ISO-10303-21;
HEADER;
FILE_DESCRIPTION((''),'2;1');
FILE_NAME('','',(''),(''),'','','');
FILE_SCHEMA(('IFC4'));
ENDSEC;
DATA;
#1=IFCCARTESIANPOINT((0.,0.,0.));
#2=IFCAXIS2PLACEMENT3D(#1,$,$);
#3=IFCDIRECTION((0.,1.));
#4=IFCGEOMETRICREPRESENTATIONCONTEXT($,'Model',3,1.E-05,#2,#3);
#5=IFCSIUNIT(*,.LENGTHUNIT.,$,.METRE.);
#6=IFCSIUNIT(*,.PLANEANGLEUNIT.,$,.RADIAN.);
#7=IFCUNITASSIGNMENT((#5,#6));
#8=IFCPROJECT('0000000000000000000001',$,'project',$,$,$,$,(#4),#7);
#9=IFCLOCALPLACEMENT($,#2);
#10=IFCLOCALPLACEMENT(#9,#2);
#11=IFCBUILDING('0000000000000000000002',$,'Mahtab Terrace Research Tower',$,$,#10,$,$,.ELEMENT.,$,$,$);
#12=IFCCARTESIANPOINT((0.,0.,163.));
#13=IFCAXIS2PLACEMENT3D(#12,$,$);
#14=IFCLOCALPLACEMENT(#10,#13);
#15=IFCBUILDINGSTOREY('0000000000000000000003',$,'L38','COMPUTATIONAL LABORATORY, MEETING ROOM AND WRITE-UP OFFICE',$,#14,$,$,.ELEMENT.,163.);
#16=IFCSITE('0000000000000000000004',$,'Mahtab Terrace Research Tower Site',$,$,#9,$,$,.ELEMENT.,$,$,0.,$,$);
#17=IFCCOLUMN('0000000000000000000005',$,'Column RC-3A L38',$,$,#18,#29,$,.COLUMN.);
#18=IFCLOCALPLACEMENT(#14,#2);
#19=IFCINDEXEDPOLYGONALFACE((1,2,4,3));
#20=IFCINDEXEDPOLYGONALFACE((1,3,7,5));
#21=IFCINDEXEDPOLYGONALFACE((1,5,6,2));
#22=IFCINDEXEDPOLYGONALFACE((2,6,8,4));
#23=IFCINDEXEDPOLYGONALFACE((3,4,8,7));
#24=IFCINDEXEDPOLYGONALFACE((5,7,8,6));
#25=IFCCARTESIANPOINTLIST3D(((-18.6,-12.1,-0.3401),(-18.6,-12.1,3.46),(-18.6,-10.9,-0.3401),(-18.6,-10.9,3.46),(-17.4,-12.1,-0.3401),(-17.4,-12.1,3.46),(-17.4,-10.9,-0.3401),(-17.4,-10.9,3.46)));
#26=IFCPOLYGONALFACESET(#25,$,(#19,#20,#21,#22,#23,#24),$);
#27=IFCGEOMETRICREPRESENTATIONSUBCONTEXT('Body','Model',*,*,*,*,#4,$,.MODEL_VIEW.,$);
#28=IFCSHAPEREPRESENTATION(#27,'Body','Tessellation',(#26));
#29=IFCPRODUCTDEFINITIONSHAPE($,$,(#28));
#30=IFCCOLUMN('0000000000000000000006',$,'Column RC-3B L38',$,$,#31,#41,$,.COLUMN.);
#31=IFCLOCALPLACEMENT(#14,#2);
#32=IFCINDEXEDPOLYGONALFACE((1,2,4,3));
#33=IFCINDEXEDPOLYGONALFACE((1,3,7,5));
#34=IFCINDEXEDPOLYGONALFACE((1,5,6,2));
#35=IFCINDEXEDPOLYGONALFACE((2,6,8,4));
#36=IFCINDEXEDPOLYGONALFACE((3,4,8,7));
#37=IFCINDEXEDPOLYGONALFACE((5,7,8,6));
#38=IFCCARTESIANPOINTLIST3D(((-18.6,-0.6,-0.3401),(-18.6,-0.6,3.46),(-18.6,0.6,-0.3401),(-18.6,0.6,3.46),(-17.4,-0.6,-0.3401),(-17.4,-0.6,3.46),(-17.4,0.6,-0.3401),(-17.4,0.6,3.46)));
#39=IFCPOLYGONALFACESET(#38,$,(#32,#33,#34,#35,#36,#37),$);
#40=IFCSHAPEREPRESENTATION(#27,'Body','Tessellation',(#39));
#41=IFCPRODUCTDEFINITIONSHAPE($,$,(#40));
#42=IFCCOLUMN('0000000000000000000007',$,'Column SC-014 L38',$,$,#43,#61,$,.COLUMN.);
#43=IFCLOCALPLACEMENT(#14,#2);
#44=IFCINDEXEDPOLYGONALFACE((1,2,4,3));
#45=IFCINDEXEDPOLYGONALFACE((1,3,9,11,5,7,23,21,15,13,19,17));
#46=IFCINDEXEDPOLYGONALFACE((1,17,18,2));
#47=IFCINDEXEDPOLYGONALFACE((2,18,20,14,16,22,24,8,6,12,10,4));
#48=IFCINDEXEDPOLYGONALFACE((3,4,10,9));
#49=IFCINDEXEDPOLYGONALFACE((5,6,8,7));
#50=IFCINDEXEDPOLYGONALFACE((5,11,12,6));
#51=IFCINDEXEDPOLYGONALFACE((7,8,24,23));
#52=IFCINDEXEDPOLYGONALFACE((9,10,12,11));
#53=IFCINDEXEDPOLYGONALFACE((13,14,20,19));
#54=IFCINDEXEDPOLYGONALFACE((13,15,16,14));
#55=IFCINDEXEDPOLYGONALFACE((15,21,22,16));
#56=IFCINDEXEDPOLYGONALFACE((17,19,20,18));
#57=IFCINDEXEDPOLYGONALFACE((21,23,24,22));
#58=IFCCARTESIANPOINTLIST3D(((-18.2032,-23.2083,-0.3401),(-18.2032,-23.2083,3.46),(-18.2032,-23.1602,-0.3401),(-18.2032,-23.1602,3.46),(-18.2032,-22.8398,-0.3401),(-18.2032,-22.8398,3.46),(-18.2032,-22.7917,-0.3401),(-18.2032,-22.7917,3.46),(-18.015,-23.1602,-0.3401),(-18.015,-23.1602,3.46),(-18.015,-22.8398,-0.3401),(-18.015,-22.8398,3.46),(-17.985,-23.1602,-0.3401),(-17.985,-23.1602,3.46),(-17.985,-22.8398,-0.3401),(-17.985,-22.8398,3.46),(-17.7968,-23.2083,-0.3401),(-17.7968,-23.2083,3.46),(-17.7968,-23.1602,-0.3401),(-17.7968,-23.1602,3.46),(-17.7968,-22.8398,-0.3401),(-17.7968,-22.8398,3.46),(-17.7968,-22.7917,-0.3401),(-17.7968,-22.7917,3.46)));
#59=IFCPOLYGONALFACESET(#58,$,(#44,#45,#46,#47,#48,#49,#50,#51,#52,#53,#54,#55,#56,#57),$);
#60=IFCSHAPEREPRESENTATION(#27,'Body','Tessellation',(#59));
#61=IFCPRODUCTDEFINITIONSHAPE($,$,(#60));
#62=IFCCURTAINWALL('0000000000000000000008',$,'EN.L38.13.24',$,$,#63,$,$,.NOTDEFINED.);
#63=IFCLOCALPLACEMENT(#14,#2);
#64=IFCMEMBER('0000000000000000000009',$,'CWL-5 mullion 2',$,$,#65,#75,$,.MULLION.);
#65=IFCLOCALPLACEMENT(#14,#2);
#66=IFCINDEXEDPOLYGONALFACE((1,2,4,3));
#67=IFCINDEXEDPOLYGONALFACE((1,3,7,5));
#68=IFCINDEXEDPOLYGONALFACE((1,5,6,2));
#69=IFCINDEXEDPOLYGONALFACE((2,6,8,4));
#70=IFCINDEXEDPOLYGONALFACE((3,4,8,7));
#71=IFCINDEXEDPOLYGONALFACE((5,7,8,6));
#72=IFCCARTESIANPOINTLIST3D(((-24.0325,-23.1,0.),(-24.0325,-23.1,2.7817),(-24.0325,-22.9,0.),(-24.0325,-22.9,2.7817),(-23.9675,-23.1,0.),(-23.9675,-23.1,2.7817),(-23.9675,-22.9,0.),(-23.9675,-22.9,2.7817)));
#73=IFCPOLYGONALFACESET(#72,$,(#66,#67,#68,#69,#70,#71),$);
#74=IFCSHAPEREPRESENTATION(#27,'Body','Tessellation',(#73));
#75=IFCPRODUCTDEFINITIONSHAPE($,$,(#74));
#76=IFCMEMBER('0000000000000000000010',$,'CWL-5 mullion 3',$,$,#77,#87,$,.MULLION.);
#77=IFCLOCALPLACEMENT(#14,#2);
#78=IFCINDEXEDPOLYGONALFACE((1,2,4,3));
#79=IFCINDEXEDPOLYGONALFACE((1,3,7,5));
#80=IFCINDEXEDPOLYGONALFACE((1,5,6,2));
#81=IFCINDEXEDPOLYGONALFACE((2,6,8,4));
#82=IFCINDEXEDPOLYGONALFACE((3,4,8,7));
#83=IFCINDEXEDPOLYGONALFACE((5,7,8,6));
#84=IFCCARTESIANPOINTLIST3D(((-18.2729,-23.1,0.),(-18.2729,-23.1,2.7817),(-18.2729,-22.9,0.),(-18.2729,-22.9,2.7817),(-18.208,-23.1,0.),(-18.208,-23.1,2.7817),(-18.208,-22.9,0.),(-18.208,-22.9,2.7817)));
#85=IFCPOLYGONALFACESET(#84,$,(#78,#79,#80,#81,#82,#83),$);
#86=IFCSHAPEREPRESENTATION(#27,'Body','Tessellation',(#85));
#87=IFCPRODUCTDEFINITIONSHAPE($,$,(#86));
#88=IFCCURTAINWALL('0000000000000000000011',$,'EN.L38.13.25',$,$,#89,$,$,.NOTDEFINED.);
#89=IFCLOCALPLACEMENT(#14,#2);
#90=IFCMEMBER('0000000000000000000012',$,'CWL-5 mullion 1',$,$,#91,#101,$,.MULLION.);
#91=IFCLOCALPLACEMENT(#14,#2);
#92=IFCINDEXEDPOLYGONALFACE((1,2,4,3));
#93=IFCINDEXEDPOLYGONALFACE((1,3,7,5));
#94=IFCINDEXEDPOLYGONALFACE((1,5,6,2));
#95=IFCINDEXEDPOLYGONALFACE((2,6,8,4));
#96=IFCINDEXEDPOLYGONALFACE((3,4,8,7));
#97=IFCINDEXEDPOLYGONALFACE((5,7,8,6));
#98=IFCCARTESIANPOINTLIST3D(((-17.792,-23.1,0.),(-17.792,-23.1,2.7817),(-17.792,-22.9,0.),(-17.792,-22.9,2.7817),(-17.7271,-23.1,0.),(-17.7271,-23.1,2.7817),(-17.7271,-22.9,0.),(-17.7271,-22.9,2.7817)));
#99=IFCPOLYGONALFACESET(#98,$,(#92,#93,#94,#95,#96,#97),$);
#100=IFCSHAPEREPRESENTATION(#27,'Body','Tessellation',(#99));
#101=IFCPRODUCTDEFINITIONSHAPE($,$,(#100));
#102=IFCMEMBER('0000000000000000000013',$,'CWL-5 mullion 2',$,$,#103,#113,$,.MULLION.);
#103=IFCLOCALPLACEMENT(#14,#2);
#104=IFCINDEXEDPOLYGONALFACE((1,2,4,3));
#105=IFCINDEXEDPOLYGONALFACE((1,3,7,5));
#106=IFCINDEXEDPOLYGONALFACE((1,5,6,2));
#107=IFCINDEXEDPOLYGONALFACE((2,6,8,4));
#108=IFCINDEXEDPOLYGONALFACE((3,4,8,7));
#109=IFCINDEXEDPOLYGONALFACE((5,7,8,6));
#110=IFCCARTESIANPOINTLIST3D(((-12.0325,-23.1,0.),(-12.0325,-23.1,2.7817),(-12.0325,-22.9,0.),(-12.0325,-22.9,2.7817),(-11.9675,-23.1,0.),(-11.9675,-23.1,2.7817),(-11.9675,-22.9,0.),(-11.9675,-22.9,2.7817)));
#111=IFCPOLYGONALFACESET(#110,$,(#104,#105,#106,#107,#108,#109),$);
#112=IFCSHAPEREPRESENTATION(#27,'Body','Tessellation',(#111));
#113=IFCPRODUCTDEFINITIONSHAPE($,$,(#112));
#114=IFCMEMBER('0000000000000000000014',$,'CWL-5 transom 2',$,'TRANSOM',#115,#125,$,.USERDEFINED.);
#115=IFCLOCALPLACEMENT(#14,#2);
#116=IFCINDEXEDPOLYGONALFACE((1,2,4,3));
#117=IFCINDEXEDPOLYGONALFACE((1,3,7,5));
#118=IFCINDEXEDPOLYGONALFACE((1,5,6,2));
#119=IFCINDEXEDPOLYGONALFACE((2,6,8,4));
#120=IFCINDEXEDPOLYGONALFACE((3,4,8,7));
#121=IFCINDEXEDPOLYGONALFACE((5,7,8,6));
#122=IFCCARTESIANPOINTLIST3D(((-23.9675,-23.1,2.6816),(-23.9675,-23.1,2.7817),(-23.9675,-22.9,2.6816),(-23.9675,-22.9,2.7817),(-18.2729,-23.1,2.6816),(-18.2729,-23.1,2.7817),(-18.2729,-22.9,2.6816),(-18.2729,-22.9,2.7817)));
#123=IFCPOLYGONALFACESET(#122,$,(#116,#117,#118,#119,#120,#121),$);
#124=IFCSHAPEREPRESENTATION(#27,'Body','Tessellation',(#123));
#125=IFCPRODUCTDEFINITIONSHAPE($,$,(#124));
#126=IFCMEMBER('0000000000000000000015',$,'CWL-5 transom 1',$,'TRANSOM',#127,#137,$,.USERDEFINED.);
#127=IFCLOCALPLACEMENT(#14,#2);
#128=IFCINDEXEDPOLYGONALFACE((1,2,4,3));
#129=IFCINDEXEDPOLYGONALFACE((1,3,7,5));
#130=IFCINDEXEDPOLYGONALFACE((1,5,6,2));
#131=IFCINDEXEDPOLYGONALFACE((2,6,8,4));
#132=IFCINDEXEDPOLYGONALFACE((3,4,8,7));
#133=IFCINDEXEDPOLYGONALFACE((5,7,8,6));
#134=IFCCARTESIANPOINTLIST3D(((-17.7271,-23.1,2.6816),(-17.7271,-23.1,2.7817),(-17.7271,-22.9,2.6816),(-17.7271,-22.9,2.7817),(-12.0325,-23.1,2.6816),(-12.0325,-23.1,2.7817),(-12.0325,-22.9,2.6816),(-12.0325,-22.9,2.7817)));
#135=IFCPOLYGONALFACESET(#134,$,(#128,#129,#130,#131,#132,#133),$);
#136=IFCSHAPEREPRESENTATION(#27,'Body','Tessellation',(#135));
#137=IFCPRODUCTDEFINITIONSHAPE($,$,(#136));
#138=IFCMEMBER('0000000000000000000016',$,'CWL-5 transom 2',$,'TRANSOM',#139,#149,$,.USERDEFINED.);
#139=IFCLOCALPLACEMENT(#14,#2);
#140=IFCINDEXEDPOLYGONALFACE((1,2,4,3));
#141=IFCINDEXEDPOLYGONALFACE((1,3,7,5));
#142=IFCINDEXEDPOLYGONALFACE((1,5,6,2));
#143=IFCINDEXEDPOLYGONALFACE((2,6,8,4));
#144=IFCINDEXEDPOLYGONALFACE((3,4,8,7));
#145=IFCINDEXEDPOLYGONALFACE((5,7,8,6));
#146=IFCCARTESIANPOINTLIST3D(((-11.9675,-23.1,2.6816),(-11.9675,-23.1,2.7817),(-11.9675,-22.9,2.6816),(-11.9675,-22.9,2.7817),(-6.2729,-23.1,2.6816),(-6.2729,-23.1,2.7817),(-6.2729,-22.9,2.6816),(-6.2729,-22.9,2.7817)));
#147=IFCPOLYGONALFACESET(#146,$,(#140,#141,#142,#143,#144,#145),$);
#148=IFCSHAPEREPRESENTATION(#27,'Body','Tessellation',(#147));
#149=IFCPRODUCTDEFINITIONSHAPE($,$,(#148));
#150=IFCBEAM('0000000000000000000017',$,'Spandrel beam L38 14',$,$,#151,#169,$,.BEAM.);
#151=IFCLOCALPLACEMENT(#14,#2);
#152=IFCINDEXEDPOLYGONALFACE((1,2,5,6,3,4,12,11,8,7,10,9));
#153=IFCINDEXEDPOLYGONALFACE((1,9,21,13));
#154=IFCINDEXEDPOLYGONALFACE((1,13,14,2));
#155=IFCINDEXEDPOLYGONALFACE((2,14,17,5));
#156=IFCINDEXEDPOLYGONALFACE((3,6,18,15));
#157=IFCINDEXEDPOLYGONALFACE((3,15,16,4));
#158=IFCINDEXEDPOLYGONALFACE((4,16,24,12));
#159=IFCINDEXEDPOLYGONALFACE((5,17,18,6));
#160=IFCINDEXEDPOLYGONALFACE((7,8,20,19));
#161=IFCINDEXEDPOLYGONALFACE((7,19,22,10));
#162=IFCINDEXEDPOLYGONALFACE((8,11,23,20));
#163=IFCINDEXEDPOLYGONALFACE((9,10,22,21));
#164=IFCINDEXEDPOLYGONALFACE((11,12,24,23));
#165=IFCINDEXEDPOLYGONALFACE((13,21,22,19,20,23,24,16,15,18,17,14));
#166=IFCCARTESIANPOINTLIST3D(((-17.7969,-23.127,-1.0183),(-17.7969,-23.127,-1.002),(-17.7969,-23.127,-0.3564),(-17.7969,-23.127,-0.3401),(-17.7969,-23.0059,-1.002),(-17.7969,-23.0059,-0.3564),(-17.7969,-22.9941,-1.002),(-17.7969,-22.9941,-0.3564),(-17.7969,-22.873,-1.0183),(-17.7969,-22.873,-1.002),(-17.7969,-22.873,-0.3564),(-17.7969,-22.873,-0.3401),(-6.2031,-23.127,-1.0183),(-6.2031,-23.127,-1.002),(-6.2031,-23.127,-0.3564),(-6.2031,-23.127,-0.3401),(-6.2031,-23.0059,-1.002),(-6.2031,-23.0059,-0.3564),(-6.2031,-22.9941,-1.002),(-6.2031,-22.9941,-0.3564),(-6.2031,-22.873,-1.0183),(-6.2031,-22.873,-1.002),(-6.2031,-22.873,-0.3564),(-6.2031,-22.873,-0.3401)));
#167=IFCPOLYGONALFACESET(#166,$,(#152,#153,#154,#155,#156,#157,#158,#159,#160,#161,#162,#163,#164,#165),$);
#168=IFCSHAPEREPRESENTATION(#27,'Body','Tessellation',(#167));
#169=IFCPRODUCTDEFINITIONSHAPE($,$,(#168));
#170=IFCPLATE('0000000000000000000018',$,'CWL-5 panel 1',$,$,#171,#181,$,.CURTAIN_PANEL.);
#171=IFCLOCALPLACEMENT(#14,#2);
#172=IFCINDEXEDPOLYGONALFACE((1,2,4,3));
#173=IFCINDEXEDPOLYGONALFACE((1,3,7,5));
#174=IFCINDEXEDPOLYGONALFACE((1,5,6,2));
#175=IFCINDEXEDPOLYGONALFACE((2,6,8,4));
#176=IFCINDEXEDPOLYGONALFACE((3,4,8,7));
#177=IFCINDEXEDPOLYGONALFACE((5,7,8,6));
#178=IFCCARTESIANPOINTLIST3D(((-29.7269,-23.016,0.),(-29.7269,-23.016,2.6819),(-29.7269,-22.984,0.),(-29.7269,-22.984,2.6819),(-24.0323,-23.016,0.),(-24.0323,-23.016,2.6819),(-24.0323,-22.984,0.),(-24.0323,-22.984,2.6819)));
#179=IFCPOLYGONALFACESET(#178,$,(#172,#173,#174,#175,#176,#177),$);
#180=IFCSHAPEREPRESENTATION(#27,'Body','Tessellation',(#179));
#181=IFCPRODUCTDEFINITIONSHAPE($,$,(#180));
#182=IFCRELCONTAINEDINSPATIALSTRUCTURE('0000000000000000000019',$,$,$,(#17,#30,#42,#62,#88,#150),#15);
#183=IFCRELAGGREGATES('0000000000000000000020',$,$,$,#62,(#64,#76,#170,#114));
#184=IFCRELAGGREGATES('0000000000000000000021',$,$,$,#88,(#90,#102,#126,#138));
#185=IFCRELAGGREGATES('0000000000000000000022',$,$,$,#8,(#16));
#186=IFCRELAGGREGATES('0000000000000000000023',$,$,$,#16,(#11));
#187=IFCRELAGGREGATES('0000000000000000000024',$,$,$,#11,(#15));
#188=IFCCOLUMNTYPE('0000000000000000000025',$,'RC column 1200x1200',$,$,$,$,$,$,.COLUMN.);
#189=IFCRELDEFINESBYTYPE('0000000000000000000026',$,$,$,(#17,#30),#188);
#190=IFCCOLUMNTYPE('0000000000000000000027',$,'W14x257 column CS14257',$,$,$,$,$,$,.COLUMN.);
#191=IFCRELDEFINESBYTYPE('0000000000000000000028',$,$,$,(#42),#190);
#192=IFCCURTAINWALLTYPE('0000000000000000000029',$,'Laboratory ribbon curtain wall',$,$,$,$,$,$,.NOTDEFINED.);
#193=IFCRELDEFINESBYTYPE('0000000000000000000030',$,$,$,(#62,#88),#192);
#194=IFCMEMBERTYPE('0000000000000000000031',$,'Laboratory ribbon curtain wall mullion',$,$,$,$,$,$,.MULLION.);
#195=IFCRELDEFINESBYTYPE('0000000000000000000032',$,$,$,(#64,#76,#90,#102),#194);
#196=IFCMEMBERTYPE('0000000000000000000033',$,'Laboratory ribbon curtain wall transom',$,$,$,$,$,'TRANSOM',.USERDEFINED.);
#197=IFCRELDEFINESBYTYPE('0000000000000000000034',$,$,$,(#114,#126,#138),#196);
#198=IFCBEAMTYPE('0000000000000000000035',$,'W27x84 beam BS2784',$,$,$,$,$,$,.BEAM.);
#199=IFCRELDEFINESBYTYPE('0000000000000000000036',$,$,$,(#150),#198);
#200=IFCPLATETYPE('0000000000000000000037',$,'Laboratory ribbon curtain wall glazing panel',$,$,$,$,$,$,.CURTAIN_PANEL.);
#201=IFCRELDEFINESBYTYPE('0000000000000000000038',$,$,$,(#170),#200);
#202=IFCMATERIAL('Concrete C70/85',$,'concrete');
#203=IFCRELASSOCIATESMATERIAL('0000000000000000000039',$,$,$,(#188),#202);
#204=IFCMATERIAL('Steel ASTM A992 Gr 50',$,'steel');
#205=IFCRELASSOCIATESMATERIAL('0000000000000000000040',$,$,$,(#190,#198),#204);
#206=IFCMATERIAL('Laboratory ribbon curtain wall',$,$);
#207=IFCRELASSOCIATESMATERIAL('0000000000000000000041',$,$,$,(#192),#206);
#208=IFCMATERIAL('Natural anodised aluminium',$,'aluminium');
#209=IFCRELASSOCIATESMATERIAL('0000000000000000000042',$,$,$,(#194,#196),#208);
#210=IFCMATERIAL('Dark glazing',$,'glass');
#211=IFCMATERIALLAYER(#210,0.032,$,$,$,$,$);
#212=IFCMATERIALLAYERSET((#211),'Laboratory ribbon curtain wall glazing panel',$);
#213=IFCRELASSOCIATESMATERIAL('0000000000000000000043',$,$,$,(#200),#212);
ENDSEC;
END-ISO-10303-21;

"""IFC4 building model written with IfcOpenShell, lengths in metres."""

from ifc_helpers import new_model, si_unit, direction, frame, origin, origin_2d, place, context, subcontext, project, spatial, rectangle, i_section, extrude, material, layer, layer_set, material_profile, profile_set, type_object, element, aggregate, save


model = new_model("IFC4")

# Units and contexts
model_context = context("Model", 3, precision=1e-05, world=origin(), true_north=direction((0.0, 1.0)))
body_context = subcontext(model_context, "Body", "Model", "MODEL_VIEW")
ifc_project = project(units=[si_unit("LENGTHUNIT", "METRE"), si_unit("PLANEANGLEUNIT", "RADIAN")], contexts=[model_context])

# Site, building, storey
site_placement = place(None, origin())
site = spatial("IfcSite", under=ifc_project, at=site_placement, Name="Mahtab Terrace Research Tower Site", CompositionType="ELEMENT", RefElevation=0.0)
building_placement = place(site_placement, origin())
building = spatial("IfcBuilding", under=site, at=building_placement, Name="Mahtab Terrace Research Tower", CompositionType="ELEMENT")
storey_placement = place(building_placement, frame((0.0, 0.0, 163.0)))
storey = spatial("IfcBuildingStorey", under=building, at=storey_placement, Name="L38", Description="COMPUTATIONAL LABORATORY, MEETING ROOM AND WRITE-UP OFFICE", CompositionType="ELEMENT", Elevation=163.0)

# Columns
ifc_material_1 = material(Name="Concrete C70/85", Category="concrete")
ifc_material_profile_1 = material_profile(ifc_material_1, rectangle(XDim=1.2, YDim=1.2, at=origin_2d()), Name="RC column 1200x1200")
ifc_profile_set_1 = profile_set([ifc_material_profile_1], Name="Concrete C70/85")
column_type_1 = type_object("IfcColumnType", Name="RC column 1200x1200", PredefinedType="COLUMN", material=ifc_profile_set_1)
for number, where, z_axis, x_axis, name in (
    (1, (-18.0, -11.5, -0.3401), (0.0, 0.0, 1.0), (1.0, 0.0, 0.0), "Column RC-3A L38"),
    (2, (-18.0, 0.0, -0.3401), (0.0, 0.0, 1.0), (1.0, 0.0, 0.0), "Column RC-3B L38"),
):
    element("IfcColumn", number, at=place(storey_placement, frame(where, z_axis=z_axis, x_axis=x_axis)), inside=storey, type_object=column_type_1, Name=name, PredefinedType="COLUMN", context=body_context, shape_type="SweptSolid", body=[
        extrude(rectangle(XDim=1.2, YDim=1.2, at=origin_2d()), origin(), (0.0, 0.0, 1.0), 3.8),
    ])
ifc_material_2 = material(Name="Steel ASTM A992 Gr 50", Category="steel")
ifc_material_profile_2 = material_profile(ifc_material_2, i_section(OverallWidth=0.4065, OverallDepth=0.4165, WebThickness=0.03, FlangeThickness=0.0481, at=origin_2d()), Name="W14X257")
ifc_profile_set_2 = profile_set([ifc_material_profile_2], Name="Steel ASTM A992 Gr 50")
column_type_2 = type_object("IfcColumnType", Name="W14x257 column CS14257", PredefinedType="COLUMN", material=ifc_profile_set_2)
column_placement = place(storey_placement, frame((-18.0, -23.0, -0.3401), z_axis=(0.0, 0.0, 1.0), x_axis=(1.0, 0.0, 0.0)))
element("IfcColumn", 3, at=column_placement, inside=storey, type_object=column_type_2, Name="Column SC-014 L38", PredefinedType="COLUMN", context=body_context, shape_type="SweptSolid", body=[
    extrude(i_section(OverallWidth=0.4065, OverallDepth=0.4165, WebThickness=0.03, FlangeThickness=0.0481, at=origin_2d()), origin(), (0.0, 0.0, 1.0), 3.8),
])

# Curtain walls, members
ifc_material_3 = material(Name="Laboratory ribbon curtain wall")
curtain_wall_type = type_object("IfcCurtainWallType", Name="Laboratory ribbon curtain wall", PredefinedType="NOTDEFINED", material=ifc_material_3)
curtain_wall_1_placement = place(storey_placement, origin())
curtain_wall_1 = element("IfcCurtainWall", 4, at=curtain_wall_1_placement, inside=storey, type_object=curtain_wall_type, Name="EN.L38.13.24", PredefinedType="NOTDEFINED")
ifc_material_4 = material(Name="Natural anodised aluminium", Category="aluminium")
ifc_material_profile_3 = material_profile(ifc_material_4, rectangle(XDim=0.2, YDim=0.0649, at=origin_2d()), Name="MULLION 65x200")
ifc_profile_set_3 = profile_set([ifc_material_profile_3], Name="Natural anodised aluminium")
member_type_1 = type_object("IfcMemberType", Name="Laboratory ribbon curtain wall mullion", PredefinedType="MULLION", material=ifc_profile_set_3)
member_1_placement = place(storey_placement, frame((-24.0, -23.0, 0.0), z_axis=(0.0, 0.0, 1.0), x_axis=(0.0, 1.0, 0.0)))
member_1 = element("IfcMember", 5, at=member_1_placement, type_object=member_type_1, Name="CWL-5 mullion 2", PredefinedType="MULLION", context=body_context, shape_type="SweptSolid", body=[
    extrude(rectangle(XDim=0.2, YDim=0.0649, at=origin_2d()), origin(), (0.0, 0.0, 1.0), 2.7817),
])
member_2_placement = place(storey_placement, frame((-18.2405, -23.0, 0.0), z_axis=(0.0, 0.0, 1.0), x_axis=(0.0, 1.0, 0.0)))
member_2 = element("IfcMember", 6, at=member_2_placement, type_object=member_type_1, Name="CWL-5 mullion 3", PredefinedType="MULLION", context=body_context, shape_type="SweptSolid", body=[
    extrude(rectangle(XDim=0.2, YDim=0.0649, at=origin_2d()), origin(), (0.0, 0.0, 1.0), 2.7817),
])
curtain_wall_2_placement = place(storey_placement, origin())
curtain_wall_2 = element("IfcCurtainWall", 7, at=curtain_wall_2_placement, inside=storey, type_object=curtain_wall_type, Name="EN.L38.13.25", PredefinedType="NOTDEFINED")
member_3_placement = place(storey_placement, frame((-17.7595, -23.0, 0.0), z_axis=(0.0, 0.0, 1.0), x_axis=(0.0, 1.0, 0.0)))
member_3 = element("IfcMember", 8, at=member_3_placement, type_object=member_type_1, Name="CWL-5 mullion 1", PredefinedType="MULLION", context=body_context, shape_type="SweptSolid", body=[
    extrude(rectangle(XDim=0.2, YDim=0.0649, at=origin_2d()), origin(), (0.0, 0.0, 1.0), 2.7817),
])
member_4_placement = place(storey_placement, frame((-12.0, -23.0, 0.0), z_axis=(0.0, 0.0, 1.0), x_axis=(0.0, 1.0, 0.0)))
member_4 = element("IfcMember", 9, at=member_4_placement, type_object=member_type_1, Name="CWL-5 mullion 2", PredefinedType="MULLION", context=body_context, shape_type="SweptSolid", body=[
    extrude(rectangle(XDim=0.2, YDim=0.0649, at=origin_2d()), origin(), (0.0, 0.0, 1.0), 2.7817),
])

# Members
ifc_material_profile_4 = material_profile(ifc_material_4, rectangle(XDim=0.2, YDim=0.1001, at=origin_2d()), Name="TRANSOM 100x200")
ifc_profile_set_4 = profile_set([ifc_material_profile_4], Name="Natural anodised aluminium")
member_type_2 = type_object("IfcMemberType", Name="Laboratory ribbon curtain wall transom", ElementType="TRANSOM", PredefinedType="USERDEFINED", material=ifc_profile_set_4)
member_5_placement = place(storey_placement, frame((-23.9675, -23.0, 2.7317), z_axis=(1.0, 0.0, 0.0), x_axis=(0.0, 1.0, 0.0)))
member_5 = element("IfcMember", 10, at=member_5_placement, type_object=member_type_2, Name="CWL-5 transom 2", ObjectType="TRANSOM", PredefinedType="USERDEFINED", context=body_context, shape_type="SweptSolid", body=[
    extrude(rectangle(XDim=0.2, YDim=0.1001, at=origin_2d()), origin(), (0.0, 0.0, 1.0), 5.6946),
])
member_6_placement = place(storey_placement, frame((-17.7271, -23.0, 2.7317), z_axis=(1.0, 0.0, 0.0), x_axis=(0.0, 1.0, 0.0)))
member_6 = element("IfcMember", 11, at=member_6_placement, type_object=member_type_2, Name="CWL-5 transom 1", ObjectType="TRANSOM", PredefinedType="USERDEFINED", context=body_context, shape_type="SweptSolid", body=[
    extrude(rectangle(XDim=0.2, YDim=0.1001, at=origin_2d()), origin(), (0.0, 0.0, 1.0), 5.6946),
])
member_7_placement = place(storey_placement, frame((-11.9675, -23.0, 2.7317), z_axis=(1.0, 0.0, 0.0), x_axis=(0.0, 1.0, 0.0)))
member_7 = element("IfcMember", 12, at=member_7_placement, type_object=member_type_2, Name="CWL-5 transom 2", ObjectType="TRANSOM", PredefinedType="USERDEFINED", context=body_context, shape_type="SweptSolid", body=[
    extrude(rectangle(XDim=0.2, YDim=0.1001, at=origin_2d()), origin(), (0.0, 0.0, 1.0), 5.6946),
])

# Beam
ifc_material_profile_5 = material_profile(ifc_material_2, i_section(OverallWidth=0.2539, OverallDepth=0.6782, WebThickness=0.0117, FlangeThickness=0.0164, at=origin_2d()), Name="W27X84")
ifc_profile_set_5 = profile_set([ifc_material_profile_5], Name="Steel ASTM A992 Gr 50")
beam_type = type_object("IfcBeamType", Name="W27x84 beam BS2784", PredefinedType="BEAM", material=ifc_profile_set_5)
beam_placement = place(storey_placement, frame((-17.7969, -23.0, -0.6792), z_axis=(1.0, 0.0, 0.0), x_axis=(0.0, 1.0, 0.0)))
element("IfcBeam", 13, at=beam_placement, inside=storey, type_object=beam_type, Name="Spandrel beam L38 14", PredefinedType="BEAM", context=body_context, shape_type="SweptSolid", body=[
    extrude(i_section(OverallWidth=0.2539, OverallDepth=0.6782, WebThickness=0.0117, FlangeThickness=0.0164, at=origin_2d()), origin(), (0.0, 0.0, 1.0), 11.5938),
])

# Plate
ifc_material_5 = material(Name="Dark glazing", Category="glass")
ifc_layer_1 = layer(ifc_material_5, 0.032)
ifc_layer_set_1 = layer_set([ifc_layer_1], Name="Laboratory ribbon curtain wall glazing panel")
plate_type = type_object("IfcPlateType", Name="Laboratory ribbon curtain wall glazing panel", PredefinedType="CURTAIN_PANEL", material=ifc_layer_set_1)
plate_1_placement = place(storey_placement, frame((-26.8796, -23.0, 0.0), z_axis=(0.0, 0.0, 1.0), x_axis=(1.0, 0.0, 0.0)))
plate_1 = element("IfcPlate", 14, at=plate_1_placement, type_object=plate_type, Name="CWL-5 panel 1", PredefinedType="CURTAIN_PANEL", context=body_context, shape_type="SweptSolid", body=[
    extrude(rectangle(XDim=5.6946, YDim=0.032, at=origin_2d()), origin(), (0.0, 0.0, 1.0), 2.6819),
])
aggregate(curtain_wall_1, [member_1, member_2, plate_1, member_5])
aggregate(curtain_wall_2, [member_3, member_4, member_6, member_7])

save(model, "model.ifc")
